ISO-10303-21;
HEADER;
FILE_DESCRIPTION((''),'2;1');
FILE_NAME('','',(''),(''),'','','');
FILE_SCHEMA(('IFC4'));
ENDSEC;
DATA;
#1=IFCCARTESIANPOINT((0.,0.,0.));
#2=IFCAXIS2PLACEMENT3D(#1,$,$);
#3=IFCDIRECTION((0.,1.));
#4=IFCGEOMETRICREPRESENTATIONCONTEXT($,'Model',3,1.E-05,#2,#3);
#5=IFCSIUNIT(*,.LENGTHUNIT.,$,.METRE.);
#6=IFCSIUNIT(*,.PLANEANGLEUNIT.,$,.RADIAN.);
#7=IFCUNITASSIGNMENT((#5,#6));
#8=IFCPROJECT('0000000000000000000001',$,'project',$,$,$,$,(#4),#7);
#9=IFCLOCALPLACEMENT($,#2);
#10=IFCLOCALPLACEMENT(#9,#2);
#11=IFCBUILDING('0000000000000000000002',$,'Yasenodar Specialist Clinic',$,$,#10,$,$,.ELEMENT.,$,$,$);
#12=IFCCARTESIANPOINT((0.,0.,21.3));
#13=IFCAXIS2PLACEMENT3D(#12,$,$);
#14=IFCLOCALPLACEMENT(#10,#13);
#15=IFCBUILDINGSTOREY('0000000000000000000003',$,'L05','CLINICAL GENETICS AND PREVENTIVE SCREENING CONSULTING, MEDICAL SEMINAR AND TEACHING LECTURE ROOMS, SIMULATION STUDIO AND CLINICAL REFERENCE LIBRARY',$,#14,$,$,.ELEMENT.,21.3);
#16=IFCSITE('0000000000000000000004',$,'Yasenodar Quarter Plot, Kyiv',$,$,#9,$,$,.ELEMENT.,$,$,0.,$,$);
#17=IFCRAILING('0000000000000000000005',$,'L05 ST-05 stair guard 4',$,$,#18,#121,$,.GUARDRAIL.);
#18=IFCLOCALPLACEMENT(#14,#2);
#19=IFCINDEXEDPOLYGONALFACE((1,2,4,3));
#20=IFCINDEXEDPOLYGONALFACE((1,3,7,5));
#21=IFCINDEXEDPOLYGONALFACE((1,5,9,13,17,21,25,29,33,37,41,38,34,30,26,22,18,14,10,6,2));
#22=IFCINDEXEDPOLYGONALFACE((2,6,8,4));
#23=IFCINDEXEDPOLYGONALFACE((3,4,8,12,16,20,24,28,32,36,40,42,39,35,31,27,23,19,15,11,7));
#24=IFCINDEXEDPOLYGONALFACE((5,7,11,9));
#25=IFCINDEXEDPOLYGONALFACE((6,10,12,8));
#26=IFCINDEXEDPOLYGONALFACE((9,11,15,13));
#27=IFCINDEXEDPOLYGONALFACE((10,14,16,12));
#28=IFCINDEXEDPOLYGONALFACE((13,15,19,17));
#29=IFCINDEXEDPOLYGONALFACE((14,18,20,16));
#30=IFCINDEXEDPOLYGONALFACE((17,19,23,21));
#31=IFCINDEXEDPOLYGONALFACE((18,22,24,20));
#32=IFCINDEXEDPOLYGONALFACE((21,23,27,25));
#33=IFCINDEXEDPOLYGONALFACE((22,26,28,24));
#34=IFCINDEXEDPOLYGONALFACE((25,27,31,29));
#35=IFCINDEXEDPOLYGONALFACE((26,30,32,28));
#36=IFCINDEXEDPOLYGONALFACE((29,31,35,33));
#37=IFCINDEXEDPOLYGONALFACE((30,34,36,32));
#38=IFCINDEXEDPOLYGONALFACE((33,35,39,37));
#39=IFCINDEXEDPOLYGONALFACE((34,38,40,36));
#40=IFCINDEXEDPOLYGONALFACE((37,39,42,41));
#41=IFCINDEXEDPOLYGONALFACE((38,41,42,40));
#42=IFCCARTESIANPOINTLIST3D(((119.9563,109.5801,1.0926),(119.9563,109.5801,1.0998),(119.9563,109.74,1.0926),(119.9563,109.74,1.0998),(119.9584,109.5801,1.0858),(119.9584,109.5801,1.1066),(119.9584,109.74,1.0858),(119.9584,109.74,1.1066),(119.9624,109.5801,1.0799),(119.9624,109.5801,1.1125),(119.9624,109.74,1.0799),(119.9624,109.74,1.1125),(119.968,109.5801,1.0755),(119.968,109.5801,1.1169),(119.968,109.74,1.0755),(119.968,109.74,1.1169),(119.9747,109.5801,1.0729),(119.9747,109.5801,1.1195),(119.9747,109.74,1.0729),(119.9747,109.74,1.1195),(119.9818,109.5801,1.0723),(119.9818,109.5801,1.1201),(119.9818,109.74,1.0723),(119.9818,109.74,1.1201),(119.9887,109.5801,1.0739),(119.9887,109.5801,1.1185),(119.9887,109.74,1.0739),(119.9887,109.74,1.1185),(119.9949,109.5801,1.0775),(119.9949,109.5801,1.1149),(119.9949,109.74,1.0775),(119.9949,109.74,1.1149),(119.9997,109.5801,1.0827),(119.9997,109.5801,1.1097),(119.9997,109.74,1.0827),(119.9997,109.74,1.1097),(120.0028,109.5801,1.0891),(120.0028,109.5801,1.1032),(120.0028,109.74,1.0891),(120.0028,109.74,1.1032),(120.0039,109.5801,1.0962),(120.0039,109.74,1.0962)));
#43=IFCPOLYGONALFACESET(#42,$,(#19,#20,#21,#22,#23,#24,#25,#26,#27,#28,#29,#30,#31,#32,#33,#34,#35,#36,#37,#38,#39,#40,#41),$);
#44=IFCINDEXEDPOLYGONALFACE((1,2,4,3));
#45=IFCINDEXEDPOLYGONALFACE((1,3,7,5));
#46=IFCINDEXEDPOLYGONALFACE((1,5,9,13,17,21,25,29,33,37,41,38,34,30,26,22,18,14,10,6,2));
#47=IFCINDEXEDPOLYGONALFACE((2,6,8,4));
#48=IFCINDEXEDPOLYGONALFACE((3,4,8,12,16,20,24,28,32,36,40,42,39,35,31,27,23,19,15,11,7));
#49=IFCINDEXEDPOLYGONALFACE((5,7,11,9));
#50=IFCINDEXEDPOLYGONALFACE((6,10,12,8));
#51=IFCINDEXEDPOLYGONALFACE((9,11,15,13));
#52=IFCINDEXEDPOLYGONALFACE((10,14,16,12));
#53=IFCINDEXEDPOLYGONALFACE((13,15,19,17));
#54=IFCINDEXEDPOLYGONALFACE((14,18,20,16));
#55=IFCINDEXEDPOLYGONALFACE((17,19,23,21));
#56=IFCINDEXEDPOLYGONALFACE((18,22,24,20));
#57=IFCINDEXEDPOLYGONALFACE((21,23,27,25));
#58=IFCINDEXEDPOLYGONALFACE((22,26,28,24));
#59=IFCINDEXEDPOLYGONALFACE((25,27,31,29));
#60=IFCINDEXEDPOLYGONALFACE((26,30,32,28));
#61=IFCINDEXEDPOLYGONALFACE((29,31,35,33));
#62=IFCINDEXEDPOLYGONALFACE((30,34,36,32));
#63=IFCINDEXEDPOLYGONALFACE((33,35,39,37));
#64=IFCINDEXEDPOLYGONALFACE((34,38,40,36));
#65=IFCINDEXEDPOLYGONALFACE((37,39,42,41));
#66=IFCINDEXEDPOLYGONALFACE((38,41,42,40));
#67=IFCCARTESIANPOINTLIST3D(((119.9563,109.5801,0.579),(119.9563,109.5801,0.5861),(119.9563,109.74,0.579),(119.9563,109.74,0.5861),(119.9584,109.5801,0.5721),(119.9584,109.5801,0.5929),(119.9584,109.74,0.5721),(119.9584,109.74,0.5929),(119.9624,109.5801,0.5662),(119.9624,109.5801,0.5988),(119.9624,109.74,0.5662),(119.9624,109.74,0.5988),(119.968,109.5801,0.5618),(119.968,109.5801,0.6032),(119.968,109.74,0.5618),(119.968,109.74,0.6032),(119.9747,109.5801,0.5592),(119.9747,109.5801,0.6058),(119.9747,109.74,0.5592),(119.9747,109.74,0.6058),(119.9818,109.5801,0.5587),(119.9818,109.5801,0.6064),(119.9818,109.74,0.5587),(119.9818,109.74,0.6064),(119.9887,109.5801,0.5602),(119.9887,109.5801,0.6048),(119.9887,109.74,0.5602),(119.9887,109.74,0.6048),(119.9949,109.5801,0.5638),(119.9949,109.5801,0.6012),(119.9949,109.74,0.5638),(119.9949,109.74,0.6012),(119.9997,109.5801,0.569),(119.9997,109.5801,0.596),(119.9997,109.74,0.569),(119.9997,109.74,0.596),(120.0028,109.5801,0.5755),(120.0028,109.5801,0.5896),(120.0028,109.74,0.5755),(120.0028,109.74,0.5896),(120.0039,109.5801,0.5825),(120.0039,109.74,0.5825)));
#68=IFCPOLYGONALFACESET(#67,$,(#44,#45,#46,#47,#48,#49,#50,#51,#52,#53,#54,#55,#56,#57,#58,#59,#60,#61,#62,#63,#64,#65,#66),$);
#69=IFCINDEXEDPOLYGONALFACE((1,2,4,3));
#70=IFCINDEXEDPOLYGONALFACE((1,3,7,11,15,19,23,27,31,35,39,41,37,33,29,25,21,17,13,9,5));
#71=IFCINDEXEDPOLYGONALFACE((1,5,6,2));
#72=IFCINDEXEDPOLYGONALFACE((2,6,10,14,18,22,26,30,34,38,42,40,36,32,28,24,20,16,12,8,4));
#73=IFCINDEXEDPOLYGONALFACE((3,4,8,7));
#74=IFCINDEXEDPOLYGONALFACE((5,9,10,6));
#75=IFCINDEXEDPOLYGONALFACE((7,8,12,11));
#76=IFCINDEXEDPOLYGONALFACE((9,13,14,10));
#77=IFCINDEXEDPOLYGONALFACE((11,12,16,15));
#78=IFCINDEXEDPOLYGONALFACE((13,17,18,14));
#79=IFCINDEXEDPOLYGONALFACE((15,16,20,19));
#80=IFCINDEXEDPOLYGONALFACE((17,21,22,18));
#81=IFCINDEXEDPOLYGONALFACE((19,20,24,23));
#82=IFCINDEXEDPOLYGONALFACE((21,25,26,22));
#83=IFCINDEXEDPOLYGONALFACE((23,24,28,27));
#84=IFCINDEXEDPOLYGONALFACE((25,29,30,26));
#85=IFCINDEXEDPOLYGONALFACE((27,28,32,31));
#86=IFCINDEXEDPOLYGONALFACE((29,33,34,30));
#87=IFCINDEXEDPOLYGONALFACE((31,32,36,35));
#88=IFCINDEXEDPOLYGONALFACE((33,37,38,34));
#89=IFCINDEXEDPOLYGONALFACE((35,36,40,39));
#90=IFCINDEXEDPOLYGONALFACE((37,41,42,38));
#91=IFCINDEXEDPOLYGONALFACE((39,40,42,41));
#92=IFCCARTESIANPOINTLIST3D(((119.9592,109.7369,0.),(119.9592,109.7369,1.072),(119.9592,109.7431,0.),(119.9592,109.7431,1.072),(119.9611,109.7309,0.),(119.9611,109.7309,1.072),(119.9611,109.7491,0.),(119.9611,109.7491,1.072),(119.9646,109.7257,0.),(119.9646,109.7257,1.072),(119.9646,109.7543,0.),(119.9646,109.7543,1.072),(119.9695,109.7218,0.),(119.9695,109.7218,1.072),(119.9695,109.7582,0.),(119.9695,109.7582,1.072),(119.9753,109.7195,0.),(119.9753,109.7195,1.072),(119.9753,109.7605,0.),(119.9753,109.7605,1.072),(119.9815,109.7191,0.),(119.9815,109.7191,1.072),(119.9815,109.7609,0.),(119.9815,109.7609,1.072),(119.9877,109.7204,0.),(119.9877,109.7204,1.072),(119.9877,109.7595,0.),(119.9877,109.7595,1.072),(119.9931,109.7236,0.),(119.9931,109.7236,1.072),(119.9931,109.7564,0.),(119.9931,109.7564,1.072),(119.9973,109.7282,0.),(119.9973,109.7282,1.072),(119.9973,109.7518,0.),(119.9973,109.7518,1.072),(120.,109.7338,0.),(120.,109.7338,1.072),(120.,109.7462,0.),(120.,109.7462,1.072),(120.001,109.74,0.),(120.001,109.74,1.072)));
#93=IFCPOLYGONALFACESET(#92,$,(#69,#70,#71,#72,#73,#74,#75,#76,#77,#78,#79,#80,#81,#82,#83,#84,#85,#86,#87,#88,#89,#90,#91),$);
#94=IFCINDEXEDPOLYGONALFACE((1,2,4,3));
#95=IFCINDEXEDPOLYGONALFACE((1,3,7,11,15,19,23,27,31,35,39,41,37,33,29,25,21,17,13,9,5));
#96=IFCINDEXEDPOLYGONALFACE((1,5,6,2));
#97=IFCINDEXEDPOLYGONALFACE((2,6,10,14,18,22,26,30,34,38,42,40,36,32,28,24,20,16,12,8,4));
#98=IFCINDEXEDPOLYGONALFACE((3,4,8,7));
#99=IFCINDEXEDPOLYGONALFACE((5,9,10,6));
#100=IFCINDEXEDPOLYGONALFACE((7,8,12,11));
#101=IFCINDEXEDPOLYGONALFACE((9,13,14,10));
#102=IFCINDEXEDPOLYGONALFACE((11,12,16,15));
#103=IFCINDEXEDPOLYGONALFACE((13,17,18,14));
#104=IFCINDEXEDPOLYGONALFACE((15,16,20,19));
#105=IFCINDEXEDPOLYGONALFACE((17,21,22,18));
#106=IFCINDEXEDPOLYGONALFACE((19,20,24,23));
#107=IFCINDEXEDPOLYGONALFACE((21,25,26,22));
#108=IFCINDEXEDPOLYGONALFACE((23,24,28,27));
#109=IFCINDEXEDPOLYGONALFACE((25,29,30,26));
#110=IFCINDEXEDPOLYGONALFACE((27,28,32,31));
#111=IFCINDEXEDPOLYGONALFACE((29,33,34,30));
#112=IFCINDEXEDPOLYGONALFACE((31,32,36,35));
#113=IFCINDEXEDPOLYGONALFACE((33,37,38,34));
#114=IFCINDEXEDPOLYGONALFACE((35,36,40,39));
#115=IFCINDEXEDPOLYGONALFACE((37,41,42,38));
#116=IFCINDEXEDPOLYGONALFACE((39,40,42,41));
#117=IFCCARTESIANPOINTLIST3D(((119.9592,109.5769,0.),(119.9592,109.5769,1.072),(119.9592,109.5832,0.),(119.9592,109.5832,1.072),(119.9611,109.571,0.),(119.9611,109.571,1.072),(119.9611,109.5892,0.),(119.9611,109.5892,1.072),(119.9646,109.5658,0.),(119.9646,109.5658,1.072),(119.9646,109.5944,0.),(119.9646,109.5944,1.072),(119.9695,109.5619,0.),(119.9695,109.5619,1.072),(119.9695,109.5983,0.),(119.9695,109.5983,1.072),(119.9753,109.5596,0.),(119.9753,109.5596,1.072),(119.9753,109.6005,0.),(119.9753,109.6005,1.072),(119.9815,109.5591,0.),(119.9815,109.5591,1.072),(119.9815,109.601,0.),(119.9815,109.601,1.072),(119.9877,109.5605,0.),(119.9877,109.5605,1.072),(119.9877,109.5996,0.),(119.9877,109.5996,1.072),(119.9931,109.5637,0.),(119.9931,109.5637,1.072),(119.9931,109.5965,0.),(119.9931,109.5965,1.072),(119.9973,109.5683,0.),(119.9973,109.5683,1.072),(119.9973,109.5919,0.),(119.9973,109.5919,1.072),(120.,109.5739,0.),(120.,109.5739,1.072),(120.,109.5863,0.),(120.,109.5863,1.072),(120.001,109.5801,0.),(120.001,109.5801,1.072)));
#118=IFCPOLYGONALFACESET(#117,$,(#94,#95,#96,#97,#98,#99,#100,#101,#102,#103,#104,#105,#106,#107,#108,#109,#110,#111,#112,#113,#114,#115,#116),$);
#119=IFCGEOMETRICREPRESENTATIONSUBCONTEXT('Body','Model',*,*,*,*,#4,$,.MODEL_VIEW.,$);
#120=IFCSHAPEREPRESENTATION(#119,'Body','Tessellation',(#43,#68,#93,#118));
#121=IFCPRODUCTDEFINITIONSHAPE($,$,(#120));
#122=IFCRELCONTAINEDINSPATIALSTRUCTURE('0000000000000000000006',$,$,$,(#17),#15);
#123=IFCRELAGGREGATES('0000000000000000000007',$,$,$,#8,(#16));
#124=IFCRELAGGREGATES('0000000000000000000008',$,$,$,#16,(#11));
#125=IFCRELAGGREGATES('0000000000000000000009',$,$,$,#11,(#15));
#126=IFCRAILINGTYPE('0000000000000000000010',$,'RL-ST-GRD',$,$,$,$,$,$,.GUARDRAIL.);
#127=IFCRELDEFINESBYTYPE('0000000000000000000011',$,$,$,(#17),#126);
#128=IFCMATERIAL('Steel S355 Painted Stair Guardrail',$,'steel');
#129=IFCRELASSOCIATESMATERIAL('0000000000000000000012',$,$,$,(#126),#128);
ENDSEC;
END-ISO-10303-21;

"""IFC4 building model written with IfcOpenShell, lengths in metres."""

from ifc_helpers import new_model, si_unit, direction, frame, origin, origin_2d, place, context, subcontext, project, spatial, circle, extrude, material, type_object, element, save


model = new_model("IFC4")

# Units and contexts
model_context = context("Model", 3, precision=1e-05, world=origin(), true_north=direction((0.0, 1.0)))
body_context = subcontext(model_context, "Body", "Model", "MODEL_VIEW")
ifc_project = project(units=[si_unit("LENGTHUNIT", "METRE"), si_unit("PLANEANGLEUNIT", "RADIAN")], contexts=[model_context])

# Site, building, storey
site_placement = place(None, origin())
site = spatial("IfcSite", under=ifc_project, at=site_placement, Name="Yasenodar Quarter Plot, Kyiv", CompositionType="ELEMENT", RefElevation=0.0)
building_placement = place(site_placement, origin())
building = spatial("IfcBuilding", under=site, at=building_placement, Name="Yasenodar Specialist Clinic", CompositionType="ELEMENT")
storey_placement = place(building_placement, frame((0.0, 0.0, 21.3)))
storey = spatial("IfcBuildingStorey", under=building, at=storey_placement, Name="L05", Description="CLINICAL GENETICS AND PREVENTIVE SCREENING CONSULTING, MEDICAL SEMINAR AND TEACHING LECTURE ROOMS, SIMULATION STUDIO AND CLINICAL REFERENCE LIBRARY", CompositionType="ELEMENT", Elevation=21.3)

# Railing
ifc_material_1 = material(Name="Steel S355 Painted Stair Guardrail", Category="steel")
railing_type_1 = type_object("IfcRailingType", Name="RL-ST-GRD", PredefinedType="GUARDRAIL", material=ifc_material_1)
railing_1_placement = place(storey_placement, frame((119.98, 109.74, 0.0)))
element("IfcRailing", 1, at=railing_1_placement, inside=storey, type_object=railing_type_1, Name="L05 ST-05 stair guard 4", PredefinedType="GUARDRAIL", context=body_context, shape_type="SweptSolid", body=[
    extrude(circle(Radius=0.0239, at=origin_2d()), frame((0.0, 0.0, 1.0962), z_axis=(0.0, -1.0, 0.0), x_axis=(1.0, 0.0, 0.0)), (0.0, 0.0, 1.0), 0.1599),
    extrude(circle(Radius=0.0239, at=origin_2d()), frame((0.0, 0.0, 0.5825), z_axis=(0.0, -1.0, 0.0), x_axis=(1.0, 0.0, 0.0)), (0.0, 0.0, 1.0), 0.1599),
    extrude(circle(Radius=0.021, at=origin_2d()), origin(), (0.0, 0.0, 1.0), 1.072),
    extrude(circle(Radius=0.021, at=origin_2d()), frame((0.0, -0.1599, 0.0)), (0.0, 0.0, 1.0), 1.072),
])

save(model, "model.ifc")
